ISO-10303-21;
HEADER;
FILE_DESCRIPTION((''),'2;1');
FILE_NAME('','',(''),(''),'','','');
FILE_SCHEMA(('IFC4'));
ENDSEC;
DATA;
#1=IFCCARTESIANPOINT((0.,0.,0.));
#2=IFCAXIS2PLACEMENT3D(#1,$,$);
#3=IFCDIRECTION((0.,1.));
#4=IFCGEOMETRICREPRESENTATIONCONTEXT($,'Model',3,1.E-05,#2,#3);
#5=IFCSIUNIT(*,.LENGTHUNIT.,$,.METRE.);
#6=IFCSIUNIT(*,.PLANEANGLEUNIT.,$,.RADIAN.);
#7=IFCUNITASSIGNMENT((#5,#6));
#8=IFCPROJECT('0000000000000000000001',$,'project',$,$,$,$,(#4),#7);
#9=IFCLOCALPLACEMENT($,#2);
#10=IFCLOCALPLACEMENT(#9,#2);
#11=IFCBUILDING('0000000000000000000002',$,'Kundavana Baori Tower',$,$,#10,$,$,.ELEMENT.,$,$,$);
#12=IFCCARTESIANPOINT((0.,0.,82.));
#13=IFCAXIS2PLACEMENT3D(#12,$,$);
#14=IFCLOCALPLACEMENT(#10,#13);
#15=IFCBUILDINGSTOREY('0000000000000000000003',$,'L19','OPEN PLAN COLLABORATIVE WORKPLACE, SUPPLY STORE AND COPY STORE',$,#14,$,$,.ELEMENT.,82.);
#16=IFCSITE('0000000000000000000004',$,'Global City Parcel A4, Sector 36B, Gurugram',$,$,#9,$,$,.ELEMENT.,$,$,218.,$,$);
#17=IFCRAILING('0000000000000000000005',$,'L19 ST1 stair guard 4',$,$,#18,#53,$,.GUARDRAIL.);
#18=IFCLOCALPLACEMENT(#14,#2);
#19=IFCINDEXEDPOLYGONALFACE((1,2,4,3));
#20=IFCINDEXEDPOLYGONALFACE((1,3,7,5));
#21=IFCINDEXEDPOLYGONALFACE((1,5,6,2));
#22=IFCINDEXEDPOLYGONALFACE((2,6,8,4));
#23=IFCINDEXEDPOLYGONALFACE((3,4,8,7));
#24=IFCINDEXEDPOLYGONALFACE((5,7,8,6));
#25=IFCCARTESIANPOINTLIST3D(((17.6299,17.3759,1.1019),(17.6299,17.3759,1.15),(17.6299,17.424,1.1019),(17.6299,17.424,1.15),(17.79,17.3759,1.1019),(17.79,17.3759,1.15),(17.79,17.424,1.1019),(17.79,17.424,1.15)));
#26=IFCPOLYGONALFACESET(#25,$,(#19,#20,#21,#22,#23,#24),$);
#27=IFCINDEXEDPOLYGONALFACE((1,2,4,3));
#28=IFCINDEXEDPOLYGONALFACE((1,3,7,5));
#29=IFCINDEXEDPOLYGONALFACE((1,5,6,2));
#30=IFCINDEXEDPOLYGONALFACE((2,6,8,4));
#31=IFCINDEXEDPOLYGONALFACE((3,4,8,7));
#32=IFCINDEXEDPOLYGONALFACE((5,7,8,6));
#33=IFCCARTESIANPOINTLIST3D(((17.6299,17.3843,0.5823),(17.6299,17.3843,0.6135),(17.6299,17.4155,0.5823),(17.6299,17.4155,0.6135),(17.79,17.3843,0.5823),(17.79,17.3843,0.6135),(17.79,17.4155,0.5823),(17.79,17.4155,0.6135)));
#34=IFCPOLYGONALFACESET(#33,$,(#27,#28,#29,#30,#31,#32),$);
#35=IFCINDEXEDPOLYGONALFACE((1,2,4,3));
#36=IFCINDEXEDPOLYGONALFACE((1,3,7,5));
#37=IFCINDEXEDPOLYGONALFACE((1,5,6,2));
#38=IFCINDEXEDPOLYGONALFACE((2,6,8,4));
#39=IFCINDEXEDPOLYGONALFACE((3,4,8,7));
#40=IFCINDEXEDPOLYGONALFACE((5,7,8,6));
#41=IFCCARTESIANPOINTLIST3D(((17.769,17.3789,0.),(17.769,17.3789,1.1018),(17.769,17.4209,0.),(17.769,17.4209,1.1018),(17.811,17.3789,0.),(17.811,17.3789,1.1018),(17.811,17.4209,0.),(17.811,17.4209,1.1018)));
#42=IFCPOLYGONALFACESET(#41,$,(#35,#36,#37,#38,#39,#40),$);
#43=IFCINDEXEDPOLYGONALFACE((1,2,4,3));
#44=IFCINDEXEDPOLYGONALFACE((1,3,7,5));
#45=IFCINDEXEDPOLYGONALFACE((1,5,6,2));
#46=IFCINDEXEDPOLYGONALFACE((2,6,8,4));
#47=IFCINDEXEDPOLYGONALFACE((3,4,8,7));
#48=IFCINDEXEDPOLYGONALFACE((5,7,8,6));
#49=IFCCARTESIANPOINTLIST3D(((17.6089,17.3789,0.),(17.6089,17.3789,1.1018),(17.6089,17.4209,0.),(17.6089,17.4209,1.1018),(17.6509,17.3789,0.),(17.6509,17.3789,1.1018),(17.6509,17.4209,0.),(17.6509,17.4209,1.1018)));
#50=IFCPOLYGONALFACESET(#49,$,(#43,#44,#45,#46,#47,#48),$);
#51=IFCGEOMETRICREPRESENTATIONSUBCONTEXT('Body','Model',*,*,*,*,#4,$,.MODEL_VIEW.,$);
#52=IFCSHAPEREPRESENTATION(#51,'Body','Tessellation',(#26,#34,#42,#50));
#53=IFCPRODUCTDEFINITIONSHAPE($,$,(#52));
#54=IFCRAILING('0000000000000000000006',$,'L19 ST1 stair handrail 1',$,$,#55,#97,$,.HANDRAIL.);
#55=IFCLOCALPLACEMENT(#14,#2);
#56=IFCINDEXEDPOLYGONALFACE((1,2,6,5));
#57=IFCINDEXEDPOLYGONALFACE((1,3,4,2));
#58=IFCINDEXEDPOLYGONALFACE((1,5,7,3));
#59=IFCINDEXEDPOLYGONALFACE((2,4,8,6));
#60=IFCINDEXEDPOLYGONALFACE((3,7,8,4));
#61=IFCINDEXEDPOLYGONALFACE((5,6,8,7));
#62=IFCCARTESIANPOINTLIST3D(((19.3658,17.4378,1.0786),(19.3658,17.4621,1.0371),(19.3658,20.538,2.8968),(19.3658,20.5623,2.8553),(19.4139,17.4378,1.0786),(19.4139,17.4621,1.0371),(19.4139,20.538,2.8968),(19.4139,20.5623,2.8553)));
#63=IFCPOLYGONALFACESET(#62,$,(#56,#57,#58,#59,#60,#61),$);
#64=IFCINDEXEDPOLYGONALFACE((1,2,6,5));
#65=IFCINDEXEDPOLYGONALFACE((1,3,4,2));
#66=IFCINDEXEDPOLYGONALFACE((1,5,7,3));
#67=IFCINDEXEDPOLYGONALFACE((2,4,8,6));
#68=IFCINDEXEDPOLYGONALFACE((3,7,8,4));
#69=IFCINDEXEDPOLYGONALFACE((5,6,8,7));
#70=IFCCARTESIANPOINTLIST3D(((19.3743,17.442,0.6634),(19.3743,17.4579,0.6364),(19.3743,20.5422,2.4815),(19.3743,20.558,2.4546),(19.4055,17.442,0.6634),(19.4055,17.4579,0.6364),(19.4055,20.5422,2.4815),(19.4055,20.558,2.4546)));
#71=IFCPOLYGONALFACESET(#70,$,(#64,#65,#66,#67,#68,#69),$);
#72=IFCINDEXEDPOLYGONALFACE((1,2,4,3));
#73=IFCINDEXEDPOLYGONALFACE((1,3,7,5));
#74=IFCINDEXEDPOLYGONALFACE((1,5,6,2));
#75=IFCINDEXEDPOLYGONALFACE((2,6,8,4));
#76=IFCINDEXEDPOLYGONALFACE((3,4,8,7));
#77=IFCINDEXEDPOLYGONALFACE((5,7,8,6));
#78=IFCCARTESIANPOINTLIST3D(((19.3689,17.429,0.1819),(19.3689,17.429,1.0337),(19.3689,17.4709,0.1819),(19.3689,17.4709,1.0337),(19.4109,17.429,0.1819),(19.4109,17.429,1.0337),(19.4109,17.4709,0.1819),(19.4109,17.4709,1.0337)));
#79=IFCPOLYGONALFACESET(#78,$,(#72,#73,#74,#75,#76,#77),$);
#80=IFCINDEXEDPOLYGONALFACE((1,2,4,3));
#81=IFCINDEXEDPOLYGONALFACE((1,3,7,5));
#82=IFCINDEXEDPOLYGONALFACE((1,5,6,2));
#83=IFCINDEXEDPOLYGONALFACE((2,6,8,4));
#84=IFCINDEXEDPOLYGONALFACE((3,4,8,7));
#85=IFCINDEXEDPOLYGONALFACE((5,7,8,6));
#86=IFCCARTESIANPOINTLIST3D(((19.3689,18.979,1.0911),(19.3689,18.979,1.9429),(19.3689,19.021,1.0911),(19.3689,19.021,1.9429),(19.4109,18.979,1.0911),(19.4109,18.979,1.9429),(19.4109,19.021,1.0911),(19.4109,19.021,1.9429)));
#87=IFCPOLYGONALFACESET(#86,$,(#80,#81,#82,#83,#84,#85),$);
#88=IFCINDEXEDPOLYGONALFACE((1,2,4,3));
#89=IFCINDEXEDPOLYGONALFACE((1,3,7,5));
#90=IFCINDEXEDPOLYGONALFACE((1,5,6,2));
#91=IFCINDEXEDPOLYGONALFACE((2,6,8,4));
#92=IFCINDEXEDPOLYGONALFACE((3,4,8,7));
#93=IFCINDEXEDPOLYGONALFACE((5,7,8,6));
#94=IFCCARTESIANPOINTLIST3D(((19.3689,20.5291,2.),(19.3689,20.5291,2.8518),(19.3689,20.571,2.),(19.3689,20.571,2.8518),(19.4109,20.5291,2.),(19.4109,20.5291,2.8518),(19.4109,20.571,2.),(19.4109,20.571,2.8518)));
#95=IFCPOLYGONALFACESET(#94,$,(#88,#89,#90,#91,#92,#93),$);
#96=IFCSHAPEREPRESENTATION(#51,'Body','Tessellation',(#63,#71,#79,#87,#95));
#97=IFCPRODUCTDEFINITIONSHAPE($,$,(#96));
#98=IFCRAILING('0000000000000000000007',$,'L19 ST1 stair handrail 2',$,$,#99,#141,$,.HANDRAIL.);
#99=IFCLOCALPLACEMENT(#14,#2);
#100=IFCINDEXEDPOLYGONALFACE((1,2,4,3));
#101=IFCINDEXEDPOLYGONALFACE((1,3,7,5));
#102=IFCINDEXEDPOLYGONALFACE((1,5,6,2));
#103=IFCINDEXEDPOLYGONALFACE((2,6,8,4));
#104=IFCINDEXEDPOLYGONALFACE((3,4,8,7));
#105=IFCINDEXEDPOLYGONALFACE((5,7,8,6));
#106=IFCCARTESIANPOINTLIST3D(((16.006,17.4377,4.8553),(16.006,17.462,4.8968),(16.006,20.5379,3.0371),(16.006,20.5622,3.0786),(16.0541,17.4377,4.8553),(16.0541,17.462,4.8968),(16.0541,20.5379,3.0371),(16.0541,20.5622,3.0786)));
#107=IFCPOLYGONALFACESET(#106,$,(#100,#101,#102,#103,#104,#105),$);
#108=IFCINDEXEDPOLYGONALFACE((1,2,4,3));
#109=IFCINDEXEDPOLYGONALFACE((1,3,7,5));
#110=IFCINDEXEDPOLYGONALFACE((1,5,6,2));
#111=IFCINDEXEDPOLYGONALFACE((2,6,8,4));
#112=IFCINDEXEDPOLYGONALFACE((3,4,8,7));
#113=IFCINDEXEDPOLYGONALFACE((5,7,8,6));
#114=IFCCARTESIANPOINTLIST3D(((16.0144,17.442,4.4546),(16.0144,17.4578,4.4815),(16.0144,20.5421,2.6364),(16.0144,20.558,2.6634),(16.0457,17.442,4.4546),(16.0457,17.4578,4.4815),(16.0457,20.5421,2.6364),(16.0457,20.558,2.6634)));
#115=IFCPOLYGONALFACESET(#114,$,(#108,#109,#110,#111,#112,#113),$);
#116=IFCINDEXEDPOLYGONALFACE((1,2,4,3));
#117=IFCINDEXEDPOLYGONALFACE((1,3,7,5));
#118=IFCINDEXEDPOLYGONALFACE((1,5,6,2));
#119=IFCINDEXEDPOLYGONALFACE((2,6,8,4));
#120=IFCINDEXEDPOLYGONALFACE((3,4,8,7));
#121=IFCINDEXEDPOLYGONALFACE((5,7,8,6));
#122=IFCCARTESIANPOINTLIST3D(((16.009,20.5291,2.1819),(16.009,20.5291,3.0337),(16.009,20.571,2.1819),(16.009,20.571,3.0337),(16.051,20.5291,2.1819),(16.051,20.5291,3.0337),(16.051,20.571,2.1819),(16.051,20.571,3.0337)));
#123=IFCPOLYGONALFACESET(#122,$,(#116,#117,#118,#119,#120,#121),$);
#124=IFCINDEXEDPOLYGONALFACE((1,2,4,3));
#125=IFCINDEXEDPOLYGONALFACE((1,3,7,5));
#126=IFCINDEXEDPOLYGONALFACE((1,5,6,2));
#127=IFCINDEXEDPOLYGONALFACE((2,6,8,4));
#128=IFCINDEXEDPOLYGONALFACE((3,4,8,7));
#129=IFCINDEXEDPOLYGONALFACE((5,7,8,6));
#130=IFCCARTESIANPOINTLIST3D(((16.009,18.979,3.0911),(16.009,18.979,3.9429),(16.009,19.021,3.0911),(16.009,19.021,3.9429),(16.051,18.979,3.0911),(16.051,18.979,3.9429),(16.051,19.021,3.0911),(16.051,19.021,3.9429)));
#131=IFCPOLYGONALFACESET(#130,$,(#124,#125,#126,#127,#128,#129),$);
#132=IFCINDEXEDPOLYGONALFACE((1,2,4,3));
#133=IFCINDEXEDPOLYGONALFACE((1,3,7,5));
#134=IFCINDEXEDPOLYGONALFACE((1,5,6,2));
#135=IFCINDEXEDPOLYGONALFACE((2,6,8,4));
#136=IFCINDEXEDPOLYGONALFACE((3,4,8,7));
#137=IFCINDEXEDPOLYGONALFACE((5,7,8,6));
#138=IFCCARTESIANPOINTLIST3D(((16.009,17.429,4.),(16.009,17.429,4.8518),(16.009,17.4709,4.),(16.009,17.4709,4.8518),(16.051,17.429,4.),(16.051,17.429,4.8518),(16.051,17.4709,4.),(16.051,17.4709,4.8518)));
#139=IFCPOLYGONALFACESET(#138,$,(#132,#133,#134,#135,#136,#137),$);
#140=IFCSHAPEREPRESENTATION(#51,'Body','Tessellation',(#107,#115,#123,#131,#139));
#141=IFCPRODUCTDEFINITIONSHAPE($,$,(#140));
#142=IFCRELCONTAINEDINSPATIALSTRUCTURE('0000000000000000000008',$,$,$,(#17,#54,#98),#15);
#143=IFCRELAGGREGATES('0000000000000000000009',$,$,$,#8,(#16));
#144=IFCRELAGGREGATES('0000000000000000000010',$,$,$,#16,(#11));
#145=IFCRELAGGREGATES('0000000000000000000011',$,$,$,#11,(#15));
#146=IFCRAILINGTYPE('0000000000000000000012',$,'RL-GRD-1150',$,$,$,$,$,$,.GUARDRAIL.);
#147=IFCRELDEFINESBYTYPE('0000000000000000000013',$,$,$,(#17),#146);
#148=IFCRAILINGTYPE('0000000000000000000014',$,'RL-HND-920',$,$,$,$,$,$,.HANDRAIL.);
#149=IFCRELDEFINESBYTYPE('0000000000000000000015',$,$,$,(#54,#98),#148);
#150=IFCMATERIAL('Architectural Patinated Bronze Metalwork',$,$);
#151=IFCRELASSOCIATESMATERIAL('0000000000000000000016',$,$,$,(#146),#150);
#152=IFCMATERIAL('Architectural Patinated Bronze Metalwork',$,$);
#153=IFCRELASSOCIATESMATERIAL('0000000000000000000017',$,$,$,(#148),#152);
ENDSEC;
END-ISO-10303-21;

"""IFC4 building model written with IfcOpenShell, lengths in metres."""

from ifc_helpers import new_model, si_unit, direction, frame, origin, origin_2d, place, context, subcontext, project, spatial, rectangle, extrude, material, type_object, element, save


model = new_model("IFC4")

# Units and contexts
model_context = context("Model", 3, precision=1e-05, world=origin(), true_north=direction((0.0, 1.0)))
body_context = subcontext(model_context, "Body", "Model", "MODEL_VIEW")
ifc_project = project(units=[si_unit("LENGTHUNIT", "METRE"), si_unit("PLANEANGLEUNIT", "RADIAN")], contexts=[model_context])

# Site, building, storey
site_placement = place(None, origin())
site = spatial("IfcSite", under=ifc_project, at=site_placement, Name="Global City Parcel A4, Sector 36B, Gurugram", CompositionType="ELEMENT", RefElevation=218.0)
building_placement = place(site_placement, origin())
building = spatial("IfcBuilding", under=site, at=building_placement, Name="Kundavana Baori Tower", CompositionType="ELEMENT")
storey_placement = place(building_placement, frame((0.0, 0.0, 82.0)))
storey = spatial("IfcBuildingStorey", under=building, at=storey_placement, Name="L19", Description="OPEN PLAN COLLABORATIVE WORKPLACE, SUPPLY STORE AND COPY STORE", CompositionType="ELEMENT", Elevation=82.0)

# Railings
ifc_material_1 = material(Name="Architectural Patinated Bronze Metalwork")
railing_type_1 = type_object("IfcRailingType", Name="RL-GRD-1150", PredefinedType="GUARDRAIL", material=ifc_material_1)
railing_1_placement = place(storey_placement, frame((17.79, 17.3999, 0.0)))
element("IfcRailing", 1, at=railing_1_placement, inside=storey, type_object=railing_type_1, Name="L19 ST1 stair guard 4", PredefinedType="GUARDRAIL", context=body_context, shape_type="SweptSolid", body=[
    extrude(rectangle(XDim=0.0481, YDim=0.0481, at=origin_2d()), frame((0.0, 0.0, 1.126), z_axis=(-1.0, 0.0, 0.0), x_axis=(0.0, -1.0, 0.0)), (0.0, 0.0, 1.0), 0.1602),
    extrude(rectangle(XDim=0.0312, YDim=0.0312, at=origin_2d()), frame((0.0, 0.0, 0.5979), z_axis=(-1.0, 0.0, 0.0), x_axis=(0.0, -1.0, 0.0)), (0.0, 0.0, 1.0), 0.1602),
    extrude(rectangle(XDim=0.042, YDim=0.042, at=origin_2d()), origin(), (0.0, 0.0, 1.0), 1.1018),
    extrude(rectangle(XDim=0.042, YDim=0.042, at=origin_2d()), frame((-0.1602, 0.0, 0.0)), (0.0, 0.0, 1.0), 1.1018),
])
ifc_material_2 = material(Name="Architectural Patinated Bronze Metalwork")
railing_type_2 = type_object("IfcRailingType", Name="RL-HND-920", PredefinedType="HANDRAIL", material=ifc_material_2)
railing_2_placement = place(storey_placement, frame((19.3899, 17.45, 0.1819)))
element("IfcRailing", 2, at=railing_2_placement, inside=storey, type_object=railing_type_2, Name="L19 ST1 stair handrail 1", PredefinedType="HANDRAIL", context=body_context, shape_type="SweptSolid", body=[
    extrude(rectangle(XDim=0.0481, YDim=0.0481, at=origin_2d()), frame((0.0, 0.0, 0.876), z_axis=(0.0, 0.862599, 0.505889), x_axis=(-1.0, 0.0, 0.0)), (0.0, 0.0, 1.0), 3.594),
    extrude(rectangle(XDim=0.0312, YDim=0.0312, at=origin_2d()), frame((0.0, 0.0, 0.468), z_axis=(0.0, 0.862599, 0.505889), x_axis=(-1.0, 0.0, 0.0)), (0.0, 0.0, 1.0), 3.594),
    extrude(rectangle(XDim=0.042, YDim=0.042, at=origin_2d()), origin(), (0.0, 0.0, 1.0), 0.8518),
    extrude(rectangle(XDim=0.042, YDim=0.042, at=origin_2d()), frame((0.0, 1.55, 0.9092)), (0.0, 0.0, 1.0), 0.8518),
    extrude(rectangle(XDim=0.042, YDim=0.042, at=origin_2d()), frame((0.0, 3.1001, 1.8181)), (0.0, 0.0, 1.0), 0.8518),
])
railing_3_placement = place(storey_placement, frame((16.03, 20.55, 2.1819)))
element("IfcRailing", 3, at=railing_3_placement, inside=storey, type_object=railing_type_2, Name="L19 ST1 stair handrail 2", PredefinedType="HANDRAIL", context=body_context, shape_type="SweptSolid", body=[
    extrude(rectangle(XDim=0.0481, YDim=0.0481, at=origin_2d()), frame((0.0, 0.0, 0.876), z_axis=(0.0, -0.862599, 0.505889), x_axis=(1.0, 0.0, 0.0)), (0.0, 0.0, 1.0), 3.594),
    extrude(rectangle(XDim=0.0312, YDim=0.0312, at=origin_2d()), frame((0.0, 0.0, 0.468), z_axis=(0.0, -0.862599, 0.505889), x_axis=(1.0, 0.0, 0.0)), (0.0, 0.0, 1.0), 3.594),
    extrude(rectangle(XDim=0.042, YDim=0.042, at=origin_2d()), origin(), (0.0, 0.0, 1.0), 0.8518),
    extrude(rectangle(XDim=0.042, YDim=0.042, at=origin_2d()), frame((0.0, -1.55, 0.9092)), (0.0, 0.0, 1.0), 0.8518),
    extrude(rectangle(XDim=0.042, YDim=0.042, at=origin_2d()), frame((0.0, -3.1001, 1.8181)), (0.0, 0.0, 1.0), 0.8518),
])

save(model, "model.ifc")
